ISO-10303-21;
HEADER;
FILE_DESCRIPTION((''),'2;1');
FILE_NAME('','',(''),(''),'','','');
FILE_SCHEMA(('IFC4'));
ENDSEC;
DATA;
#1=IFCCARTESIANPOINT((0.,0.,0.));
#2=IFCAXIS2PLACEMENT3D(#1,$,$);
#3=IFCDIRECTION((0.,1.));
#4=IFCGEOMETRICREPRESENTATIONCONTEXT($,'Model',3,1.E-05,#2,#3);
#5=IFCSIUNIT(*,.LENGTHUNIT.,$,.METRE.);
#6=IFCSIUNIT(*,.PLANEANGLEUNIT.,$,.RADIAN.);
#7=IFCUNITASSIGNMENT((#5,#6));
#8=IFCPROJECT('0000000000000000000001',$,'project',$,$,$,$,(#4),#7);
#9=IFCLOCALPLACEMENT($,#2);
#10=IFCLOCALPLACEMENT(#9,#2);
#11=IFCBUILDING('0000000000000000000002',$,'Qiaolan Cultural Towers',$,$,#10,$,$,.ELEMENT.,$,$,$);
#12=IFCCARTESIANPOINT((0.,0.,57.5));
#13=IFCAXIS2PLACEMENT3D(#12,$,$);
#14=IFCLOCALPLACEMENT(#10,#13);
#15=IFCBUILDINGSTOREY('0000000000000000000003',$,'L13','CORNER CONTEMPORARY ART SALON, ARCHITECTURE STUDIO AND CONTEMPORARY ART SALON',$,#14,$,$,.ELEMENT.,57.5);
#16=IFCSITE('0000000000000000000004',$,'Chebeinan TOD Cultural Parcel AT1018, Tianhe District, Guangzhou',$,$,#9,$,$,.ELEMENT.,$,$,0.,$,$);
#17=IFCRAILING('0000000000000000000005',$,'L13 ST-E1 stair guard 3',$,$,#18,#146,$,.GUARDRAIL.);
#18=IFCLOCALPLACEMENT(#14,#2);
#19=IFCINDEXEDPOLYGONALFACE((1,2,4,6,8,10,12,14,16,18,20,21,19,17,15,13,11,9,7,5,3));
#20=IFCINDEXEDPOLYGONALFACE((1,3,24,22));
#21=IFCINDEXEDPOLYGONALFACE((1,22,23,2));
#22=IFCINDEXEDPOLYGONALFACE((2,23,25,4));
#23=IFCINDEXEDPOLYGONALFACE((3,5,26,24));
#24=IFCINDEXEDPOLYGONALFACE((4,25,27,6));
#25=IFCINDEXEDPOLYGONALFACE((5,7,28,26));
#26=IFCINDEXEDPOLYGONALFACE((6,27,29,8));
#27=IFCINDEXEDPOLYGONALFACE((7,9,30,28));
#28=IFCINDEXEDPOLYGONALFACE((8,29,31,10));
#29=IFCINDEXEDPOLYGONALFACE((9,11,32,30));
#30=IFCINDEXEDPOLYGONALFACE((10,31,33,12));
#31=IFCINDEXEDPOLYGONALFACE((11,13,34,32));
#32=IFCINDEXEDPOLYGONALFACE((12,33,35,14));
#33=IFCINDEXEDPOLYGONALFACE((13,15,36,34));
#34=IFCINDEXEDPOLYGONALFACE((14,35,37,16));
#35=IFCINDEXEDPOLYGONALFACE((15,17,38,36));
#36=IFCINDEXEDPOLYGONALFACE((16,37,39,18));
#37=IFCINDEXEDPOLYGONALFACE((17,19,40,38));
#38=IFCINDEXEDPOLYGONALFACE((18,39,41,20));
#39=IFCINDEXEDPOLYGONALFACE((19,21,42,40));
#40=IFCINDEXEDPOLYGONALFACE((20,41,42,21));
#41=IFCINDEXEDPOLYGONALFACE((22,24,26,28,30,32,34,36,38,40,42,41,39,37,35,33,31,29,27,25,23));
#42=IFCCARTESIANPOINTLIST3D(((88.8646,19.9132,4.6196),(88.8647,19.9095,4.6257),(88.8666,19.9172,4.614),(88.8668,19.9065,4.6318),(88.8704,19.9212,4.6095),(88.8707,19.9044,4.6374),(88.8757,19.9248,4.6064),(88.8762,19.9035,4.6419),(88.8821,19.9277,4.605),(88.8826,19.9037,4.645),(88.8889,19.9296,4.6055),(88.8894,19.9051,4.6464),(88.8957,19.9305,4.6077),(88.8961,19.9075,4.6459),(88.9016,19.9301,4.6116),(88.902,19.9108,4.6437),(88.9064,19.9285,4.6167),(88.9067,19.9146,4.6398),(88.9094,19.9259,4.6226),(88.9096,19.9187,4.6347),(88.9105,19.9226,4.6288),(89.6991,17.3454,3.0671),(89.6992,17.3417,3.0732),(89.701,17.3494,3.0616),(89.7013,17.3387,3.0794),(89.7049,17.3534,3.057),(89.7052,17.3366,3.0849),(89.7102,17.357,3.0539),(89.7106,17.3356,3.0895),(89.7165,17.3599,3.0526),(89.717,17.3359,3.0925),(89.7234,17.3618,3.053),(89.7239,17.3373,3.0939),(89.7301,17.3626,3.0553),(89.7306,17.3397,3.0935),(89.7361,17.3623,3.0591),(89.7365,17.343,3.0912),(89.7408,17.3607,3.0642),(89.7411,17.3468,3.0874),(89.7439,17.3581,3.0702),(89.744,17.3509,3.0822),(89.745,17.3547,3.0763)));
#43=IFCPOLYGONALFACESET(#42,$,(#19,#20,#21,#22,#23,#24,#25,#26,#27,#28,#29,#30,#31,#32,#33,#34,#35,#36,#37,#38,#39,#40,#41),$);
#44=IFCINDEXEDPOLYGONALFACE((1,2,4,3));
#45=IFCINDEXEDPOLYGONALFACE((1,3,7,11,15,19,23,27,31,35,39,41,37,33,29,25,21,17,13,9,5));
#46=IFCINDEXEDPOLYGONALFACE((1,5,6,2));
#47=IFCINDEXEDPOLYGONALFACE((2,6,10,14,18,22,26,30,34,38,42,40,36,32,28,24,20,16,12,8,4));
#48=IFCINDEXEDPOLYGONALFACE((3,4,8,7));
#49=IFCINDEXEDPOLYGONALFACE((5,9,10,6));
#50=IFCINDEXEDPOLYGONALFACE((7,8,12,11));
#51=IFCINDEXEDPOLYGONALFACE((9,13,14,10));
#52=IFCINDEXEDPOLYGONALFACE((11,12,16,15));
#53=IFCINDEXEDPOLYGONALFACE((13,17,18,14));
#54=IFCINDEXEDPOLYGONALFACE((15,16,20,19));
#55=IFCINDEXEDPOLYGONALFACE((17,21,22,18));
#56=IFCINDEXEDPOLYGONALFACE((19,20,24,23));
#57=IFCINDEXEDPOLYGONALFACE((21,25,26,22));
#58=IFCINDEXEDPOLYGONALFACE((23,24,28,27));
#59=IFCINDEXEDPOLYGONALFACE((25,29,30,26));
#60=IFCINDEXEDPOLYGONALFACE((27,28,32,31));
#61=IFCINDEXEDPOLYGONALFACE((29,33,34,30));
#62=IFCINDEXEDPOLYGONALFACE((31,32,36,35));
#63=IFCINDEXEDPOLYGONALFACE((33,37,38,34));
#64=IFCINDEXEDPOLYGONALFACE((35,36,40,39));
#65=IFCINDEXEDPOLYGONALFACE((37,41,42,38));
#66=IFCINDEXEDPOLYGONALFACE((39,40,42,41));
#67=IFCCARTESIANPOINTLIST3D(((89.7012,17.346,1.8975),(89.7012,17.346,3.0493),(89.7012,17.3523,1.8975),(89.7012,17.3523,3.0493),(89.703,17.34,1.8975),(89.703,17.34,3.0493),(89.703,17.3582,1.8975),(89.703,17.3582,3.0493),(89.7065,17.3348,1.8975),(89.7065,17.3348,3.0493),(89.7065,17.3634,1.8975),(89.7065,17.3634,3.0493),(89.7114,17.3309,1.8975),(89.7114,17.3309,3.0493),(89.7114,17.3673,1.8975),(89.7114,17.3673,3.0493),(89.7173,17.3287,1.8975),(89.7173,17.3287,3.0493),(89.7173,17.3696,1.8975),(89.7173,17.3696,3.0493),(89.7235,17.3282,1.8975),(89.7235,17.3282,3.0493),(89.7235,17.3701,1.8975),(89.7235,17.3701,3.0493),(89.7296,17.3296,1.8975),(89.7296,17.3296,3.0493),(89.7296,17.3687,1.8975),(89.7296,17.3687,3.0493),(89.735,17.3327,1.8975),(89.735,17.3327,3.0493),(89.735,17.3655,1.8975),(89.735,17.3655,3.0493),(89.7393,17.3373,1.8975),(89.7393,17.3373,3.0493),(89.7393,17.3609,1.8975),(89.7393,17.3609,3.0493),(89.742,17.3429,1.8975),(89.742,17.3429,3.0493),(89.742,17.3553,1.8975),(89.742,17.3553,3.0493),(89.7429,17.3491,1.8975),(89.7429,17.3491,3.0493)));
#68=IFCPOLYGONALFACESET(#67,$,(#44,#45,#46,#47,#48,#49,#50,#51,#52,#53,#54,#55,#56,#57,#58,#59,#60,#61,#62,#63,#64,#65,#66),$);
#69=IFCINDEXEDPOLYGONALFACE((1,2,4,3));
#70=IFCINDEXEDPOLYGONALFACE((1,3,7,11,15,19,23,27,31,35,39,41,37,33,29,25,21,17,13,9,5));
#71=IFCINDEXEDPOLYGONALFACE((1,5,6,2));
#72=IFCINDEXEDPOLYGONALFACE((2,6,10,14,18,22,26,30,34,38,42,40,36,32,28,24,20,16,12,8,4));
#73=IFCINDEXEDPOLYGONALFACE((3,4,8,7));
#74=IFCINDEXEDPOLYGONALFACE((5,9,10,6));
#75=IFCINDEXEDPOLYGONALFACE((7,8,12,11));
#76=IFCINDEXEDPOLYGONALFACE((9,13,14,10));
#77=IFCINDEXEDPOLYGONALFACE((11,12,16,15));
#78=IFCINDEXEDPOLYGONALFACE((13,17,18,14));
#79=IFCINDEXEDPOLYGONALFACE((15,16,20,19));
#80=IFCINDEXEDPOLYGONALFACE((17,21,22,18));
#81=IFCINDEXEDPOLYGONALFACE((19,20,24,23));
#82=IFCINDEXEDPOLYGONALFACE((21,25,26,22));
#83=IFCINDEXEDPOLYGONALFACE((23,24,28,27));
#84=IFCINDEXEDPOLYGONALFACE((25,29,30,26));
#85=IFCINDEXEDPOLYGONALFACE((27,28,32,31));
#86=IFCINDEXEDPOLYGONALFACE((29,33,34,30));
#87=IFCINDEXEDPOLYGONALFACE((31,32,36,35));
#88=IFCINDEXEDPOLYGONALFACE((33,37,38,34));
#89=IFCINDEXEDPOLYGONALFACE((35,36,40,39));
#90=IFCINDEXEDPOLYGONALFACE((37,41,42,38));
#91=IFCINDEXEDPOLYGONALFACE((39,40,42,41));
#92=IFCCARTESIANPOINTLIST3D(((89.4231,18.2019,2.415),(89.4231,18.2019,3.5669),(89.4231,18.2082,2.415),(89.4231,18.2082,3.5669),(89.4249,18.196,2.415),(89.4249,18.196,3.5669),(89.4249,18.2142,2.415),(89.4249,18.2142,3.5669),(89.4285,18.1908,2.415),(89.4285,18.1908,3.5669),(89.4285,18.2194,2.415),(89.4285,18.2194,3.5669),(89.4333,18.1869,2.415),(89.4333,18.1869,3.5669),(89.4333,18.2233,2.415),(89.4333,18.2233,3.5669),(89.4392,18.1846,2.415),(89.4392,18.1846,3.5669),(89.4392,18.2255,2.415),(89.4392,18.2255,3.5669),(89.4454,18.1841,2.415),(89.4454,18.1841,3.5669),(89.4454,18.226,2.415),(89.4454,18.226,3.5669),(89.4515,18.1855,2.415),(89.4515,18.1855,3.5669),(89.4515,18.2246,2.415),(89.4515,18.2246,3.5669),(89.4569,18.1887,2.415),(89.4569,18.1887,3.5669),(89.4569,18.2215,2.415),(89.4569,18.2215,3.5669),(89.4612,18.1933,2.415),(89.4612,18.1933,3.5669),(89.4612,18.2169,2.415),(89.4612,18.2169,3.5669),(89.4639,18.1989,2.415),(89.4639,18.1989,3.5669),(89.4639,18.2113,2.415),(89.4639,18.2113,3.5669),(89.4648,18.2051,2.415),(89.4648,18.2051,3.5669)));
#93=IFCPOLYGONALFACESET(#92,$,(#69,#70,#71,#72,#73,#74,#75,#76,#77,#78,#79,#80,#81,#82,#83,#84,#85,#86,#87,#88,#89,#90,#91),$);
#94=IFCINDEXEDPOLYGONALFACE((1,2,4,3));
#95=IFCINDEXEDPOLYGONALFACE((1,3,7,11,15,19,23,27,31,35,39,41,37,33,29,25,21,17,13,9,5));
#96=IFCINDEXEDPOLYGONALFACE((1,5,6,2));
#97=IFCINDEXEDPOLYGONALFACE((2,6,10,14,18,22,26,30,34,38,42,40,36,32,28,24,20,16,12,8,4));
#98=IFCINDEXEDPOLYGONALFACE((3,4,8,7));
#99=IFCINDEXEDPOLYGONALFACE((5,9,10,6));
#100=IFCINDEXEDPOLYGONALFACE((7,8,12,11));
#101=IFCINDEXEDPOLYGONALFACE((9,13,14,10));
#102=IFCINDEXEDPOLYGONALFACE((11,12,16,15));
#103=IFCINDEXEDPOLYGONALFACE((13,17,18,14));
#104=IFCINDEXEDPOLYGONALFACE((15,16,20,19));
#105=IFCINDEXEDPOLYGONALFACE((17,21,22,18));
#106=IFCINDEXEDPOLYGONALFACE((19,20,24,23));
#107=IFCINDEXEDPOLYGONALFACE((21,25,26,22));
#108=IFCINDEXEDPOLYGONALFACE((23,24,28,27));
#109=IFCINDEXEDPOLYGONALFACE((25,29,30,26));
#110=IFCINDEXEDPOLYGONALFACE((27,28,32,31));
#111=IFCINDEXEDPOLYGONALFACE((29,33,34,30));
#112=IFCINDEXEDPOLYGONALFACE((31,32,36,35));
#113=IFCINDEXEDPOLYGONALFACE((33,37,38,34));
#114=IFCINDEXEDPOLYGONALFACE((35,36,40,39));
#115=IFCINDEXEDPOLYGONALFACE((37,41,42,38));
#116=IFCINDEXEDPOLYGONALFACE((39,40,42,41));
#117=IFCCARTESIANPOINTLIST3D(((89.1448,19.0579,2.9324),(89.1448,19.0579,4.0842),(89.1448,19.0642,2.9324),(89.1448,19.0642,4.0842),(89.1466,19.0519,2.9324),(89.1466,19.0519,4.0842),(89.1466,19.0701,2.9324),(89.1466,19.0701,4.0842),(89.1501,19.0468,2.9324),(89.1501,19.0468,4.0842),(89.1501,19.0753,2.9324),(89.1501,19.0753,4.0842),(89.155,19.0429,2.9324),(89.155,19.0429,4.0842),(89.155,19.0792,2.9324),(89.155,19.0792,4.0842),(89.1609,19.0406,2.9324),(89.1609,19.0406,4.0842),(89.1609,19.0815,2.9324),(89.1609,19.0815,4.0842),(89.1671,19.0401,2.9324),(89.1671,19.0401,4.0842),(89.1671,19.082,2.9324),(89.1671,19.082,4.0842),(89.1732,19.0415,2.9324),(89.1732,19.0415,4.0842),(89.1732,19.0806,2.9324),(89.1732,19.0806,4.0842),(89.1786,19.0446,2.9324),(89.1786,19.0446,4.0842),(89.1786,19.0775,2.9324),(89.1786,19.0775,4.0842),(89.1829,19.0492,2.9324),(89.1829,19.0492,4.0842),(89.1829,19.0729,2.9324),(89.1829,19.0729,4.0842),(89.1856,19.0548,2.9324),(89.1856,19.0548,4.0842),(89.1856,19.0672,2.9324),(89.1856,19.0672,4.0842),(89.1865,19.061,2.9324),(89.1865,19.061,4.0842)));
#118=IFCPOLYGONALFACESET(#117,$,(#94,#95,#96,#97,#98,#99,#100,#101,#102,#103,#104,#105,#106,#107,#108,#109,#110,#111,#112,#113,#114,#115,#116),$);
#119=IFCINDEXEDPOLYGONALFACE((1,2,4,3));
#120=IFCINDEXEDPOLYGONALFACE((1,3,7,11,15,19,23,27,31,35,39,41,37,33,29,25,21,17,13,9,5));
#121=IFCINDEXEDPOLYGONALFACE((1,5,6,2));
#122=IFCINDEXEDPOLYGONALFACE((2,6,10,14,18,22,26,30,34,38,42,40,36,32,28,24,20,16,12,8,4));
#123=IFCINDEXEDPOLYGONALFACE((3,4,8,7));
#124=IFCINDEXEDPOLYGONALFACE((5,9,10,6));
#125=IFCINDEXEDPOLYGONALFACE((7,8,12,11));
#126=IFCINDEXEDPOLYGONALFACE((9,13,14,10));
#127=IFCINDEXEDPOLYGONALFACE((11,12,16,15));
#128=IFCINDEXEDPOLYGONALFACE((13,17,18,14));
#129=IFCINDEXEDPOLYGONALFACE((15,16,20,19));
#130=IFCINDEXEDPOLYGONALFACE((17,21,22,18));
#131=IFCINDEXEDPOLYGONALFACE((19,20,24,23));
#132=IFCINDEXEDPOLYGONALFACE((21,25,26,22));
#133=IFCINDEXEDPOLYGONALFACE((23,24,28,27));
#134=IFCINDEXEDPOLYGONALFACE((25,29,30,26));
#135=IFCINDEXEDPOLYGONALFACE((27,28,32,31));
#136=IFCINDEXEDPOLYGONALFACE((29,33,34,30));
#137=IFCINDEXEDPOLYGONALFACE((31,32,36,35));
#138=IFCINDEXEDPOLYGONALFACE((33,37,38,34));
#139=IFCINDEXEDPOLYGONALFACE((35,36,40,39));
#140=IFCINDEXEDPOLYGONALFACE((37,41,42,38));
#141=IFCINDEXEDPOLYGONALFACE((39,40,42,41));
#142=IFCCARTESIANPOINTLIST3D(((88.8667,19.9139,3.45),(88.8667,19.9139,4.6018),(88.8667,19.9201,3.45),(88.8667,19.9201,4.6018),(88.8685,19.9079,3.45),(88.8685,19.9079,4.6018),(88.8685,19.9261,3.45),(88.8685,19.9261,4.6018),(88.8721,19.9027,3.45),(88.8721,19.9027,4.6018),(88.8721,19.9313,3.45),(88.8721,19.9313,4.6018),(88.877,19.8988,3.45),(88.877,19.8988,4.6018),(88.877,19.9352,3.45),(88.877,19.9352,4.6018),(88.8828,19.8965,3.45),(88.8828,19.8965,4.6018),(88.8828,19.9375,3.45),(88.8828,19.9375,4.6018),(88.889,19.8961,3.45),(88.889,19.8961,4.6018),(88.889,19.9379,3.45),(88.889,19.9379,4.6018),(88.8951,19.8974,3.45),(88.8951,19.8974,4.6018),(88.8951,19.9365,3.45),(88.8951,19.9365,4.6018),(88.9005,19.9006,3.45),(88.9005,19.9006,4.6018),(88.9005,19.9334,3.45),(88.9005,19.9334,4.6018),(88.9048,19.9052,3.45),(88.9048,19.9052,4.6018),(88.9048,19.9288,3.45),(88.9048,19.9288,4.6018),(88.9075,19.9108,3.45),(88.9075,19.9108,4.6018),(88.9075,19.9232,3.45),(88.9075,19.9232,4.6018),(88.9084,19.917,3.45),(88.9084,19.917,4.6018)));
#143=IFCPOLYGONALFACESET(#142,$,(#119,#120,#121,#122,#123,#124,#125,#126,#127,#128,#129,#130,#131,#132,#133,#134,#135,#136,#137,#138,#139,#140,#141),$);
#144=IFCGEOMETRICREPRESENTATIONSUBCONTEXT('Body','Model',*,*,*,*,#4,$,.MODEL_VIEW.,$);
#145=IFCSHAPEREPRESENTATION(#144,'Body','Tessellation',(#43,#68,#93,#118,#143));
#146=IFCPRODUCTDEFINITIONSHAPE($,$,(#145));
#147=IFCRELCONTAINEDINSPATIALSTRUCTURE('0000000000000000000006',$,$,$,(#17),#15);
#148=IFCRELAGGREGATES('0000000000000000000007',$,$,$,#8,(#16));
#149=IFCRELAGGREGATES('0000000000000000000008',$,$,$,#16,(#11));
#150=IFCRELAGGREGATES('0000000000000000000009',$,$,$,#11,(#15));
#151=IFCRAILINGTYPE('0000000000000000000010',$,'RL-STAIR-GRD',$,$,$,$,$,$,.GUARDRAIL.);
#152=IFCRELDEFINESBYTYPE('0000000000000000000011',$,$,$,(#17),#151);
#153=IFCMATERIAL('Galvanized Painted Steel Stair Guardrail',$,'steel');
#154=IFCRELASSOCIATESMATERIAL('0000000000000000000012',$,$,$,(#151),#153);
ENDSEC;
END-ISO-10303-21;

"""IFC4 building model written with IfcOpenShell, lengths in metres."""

from ifc_helpers import new_model, si_unit, direction, frame, origin, origin_2d, place, context, subcontext, project, spatial, circle, extrude, material, type_object, element, save


model = new_model("IFC4")

# Units and contexts
model_context = context("Model", 3, precision=1e-05, world=origin(), true_north=direction((0.0, 1.0)))
body_context = subcontext(model_context, "Body", "Model", "MODEL_VIEW")
ifc_project = project(units=[si_unit("LENGTHUNIT", "METRE"), si_unit("PLANEANGLEUNIT", "RADIAN")], contexts=[model_context])

# Site, building, storey
site_placement = place(None, origin())
site = spatial("IfcSite", under=ifc_project, at=site_placement, Name="Chebeinan TOD Cultural Parcel AT1018, Tianhe District, Guangzhou", CompositionType="ELEMENT", RefElevation=0.0)
building_placement = place(site_placement, origin())
building = spatial("IfcBuilding", under=site, at=building_placement, Name="Qiaolan Cultural Towers", CompositionType="ELEMENT")
storey_placement = place(building_placement, frame((0.0, 0.0, 57.5)))
storey = spatial("IfcBuildingStorey", under=building, at=storey_placement, Name="L13", Description="CORNER CONTEMPORARY ART SALON, ARCHITECTURE STUDIO AND CONTEMPORARY ART SALON", CompositionType="ELEMENT", Elevation=57.5)

# Railing
ifc_material_1 = material(Name="Galvanized Painted Steel Stair Guardrail", Category="steel")
railing_type_1 = type_object("IfcRailingType", Name="RL-STAIR-GRD", PredefinedType="GUARDRAIL", material=ifc_material_1)
railing_1_placement = place(storey_placement, frame((89.7219, 17.3491, 1.8975)))
element("IfcRailing", 1, at=railing_1_placement, inside=storey, type_object=railing_type_1, Name="L13 ST-E1 stair guard 3", PredefinedType="GUARDRAIL", context=body_context, shape_type="SweptSolid", body=[
    extrude(circle(Radius=0.0239, at=origin_2d()), frame((0.0, 0.0, 1.1758), z_axis=(-0.267926, 0.824471, 0.498461), x_axis=(-0.951043, -0.309057, 0.0)), (0.0, 0.0, 1.0), 3.1145),
    extrude(circle(Radius=0.021, at=origin_2d()), origin(), (0.0, 0.0, 1.0), 1.1519),
    extrude(circle(Radius=0.021, at=origin_2d()), frame((-0.2781, 0.856, 0.5176)), (0.0, 0.0, 1.0), 1.1519),
    extrude(circle(Radius=0.021, at=origin_2d()), frame((-0.5564, 1.7119, 1.0349)), (0.0, 0.0, 1.0), 1.1519),
    extrude(circle(Radius=0.021, at=origin_2d()), frame((-0.8345, 2.5679, 1.5525)), (0.0, 0.0, 1.0), 1.1519),
])

save(model, "model.ifc")
